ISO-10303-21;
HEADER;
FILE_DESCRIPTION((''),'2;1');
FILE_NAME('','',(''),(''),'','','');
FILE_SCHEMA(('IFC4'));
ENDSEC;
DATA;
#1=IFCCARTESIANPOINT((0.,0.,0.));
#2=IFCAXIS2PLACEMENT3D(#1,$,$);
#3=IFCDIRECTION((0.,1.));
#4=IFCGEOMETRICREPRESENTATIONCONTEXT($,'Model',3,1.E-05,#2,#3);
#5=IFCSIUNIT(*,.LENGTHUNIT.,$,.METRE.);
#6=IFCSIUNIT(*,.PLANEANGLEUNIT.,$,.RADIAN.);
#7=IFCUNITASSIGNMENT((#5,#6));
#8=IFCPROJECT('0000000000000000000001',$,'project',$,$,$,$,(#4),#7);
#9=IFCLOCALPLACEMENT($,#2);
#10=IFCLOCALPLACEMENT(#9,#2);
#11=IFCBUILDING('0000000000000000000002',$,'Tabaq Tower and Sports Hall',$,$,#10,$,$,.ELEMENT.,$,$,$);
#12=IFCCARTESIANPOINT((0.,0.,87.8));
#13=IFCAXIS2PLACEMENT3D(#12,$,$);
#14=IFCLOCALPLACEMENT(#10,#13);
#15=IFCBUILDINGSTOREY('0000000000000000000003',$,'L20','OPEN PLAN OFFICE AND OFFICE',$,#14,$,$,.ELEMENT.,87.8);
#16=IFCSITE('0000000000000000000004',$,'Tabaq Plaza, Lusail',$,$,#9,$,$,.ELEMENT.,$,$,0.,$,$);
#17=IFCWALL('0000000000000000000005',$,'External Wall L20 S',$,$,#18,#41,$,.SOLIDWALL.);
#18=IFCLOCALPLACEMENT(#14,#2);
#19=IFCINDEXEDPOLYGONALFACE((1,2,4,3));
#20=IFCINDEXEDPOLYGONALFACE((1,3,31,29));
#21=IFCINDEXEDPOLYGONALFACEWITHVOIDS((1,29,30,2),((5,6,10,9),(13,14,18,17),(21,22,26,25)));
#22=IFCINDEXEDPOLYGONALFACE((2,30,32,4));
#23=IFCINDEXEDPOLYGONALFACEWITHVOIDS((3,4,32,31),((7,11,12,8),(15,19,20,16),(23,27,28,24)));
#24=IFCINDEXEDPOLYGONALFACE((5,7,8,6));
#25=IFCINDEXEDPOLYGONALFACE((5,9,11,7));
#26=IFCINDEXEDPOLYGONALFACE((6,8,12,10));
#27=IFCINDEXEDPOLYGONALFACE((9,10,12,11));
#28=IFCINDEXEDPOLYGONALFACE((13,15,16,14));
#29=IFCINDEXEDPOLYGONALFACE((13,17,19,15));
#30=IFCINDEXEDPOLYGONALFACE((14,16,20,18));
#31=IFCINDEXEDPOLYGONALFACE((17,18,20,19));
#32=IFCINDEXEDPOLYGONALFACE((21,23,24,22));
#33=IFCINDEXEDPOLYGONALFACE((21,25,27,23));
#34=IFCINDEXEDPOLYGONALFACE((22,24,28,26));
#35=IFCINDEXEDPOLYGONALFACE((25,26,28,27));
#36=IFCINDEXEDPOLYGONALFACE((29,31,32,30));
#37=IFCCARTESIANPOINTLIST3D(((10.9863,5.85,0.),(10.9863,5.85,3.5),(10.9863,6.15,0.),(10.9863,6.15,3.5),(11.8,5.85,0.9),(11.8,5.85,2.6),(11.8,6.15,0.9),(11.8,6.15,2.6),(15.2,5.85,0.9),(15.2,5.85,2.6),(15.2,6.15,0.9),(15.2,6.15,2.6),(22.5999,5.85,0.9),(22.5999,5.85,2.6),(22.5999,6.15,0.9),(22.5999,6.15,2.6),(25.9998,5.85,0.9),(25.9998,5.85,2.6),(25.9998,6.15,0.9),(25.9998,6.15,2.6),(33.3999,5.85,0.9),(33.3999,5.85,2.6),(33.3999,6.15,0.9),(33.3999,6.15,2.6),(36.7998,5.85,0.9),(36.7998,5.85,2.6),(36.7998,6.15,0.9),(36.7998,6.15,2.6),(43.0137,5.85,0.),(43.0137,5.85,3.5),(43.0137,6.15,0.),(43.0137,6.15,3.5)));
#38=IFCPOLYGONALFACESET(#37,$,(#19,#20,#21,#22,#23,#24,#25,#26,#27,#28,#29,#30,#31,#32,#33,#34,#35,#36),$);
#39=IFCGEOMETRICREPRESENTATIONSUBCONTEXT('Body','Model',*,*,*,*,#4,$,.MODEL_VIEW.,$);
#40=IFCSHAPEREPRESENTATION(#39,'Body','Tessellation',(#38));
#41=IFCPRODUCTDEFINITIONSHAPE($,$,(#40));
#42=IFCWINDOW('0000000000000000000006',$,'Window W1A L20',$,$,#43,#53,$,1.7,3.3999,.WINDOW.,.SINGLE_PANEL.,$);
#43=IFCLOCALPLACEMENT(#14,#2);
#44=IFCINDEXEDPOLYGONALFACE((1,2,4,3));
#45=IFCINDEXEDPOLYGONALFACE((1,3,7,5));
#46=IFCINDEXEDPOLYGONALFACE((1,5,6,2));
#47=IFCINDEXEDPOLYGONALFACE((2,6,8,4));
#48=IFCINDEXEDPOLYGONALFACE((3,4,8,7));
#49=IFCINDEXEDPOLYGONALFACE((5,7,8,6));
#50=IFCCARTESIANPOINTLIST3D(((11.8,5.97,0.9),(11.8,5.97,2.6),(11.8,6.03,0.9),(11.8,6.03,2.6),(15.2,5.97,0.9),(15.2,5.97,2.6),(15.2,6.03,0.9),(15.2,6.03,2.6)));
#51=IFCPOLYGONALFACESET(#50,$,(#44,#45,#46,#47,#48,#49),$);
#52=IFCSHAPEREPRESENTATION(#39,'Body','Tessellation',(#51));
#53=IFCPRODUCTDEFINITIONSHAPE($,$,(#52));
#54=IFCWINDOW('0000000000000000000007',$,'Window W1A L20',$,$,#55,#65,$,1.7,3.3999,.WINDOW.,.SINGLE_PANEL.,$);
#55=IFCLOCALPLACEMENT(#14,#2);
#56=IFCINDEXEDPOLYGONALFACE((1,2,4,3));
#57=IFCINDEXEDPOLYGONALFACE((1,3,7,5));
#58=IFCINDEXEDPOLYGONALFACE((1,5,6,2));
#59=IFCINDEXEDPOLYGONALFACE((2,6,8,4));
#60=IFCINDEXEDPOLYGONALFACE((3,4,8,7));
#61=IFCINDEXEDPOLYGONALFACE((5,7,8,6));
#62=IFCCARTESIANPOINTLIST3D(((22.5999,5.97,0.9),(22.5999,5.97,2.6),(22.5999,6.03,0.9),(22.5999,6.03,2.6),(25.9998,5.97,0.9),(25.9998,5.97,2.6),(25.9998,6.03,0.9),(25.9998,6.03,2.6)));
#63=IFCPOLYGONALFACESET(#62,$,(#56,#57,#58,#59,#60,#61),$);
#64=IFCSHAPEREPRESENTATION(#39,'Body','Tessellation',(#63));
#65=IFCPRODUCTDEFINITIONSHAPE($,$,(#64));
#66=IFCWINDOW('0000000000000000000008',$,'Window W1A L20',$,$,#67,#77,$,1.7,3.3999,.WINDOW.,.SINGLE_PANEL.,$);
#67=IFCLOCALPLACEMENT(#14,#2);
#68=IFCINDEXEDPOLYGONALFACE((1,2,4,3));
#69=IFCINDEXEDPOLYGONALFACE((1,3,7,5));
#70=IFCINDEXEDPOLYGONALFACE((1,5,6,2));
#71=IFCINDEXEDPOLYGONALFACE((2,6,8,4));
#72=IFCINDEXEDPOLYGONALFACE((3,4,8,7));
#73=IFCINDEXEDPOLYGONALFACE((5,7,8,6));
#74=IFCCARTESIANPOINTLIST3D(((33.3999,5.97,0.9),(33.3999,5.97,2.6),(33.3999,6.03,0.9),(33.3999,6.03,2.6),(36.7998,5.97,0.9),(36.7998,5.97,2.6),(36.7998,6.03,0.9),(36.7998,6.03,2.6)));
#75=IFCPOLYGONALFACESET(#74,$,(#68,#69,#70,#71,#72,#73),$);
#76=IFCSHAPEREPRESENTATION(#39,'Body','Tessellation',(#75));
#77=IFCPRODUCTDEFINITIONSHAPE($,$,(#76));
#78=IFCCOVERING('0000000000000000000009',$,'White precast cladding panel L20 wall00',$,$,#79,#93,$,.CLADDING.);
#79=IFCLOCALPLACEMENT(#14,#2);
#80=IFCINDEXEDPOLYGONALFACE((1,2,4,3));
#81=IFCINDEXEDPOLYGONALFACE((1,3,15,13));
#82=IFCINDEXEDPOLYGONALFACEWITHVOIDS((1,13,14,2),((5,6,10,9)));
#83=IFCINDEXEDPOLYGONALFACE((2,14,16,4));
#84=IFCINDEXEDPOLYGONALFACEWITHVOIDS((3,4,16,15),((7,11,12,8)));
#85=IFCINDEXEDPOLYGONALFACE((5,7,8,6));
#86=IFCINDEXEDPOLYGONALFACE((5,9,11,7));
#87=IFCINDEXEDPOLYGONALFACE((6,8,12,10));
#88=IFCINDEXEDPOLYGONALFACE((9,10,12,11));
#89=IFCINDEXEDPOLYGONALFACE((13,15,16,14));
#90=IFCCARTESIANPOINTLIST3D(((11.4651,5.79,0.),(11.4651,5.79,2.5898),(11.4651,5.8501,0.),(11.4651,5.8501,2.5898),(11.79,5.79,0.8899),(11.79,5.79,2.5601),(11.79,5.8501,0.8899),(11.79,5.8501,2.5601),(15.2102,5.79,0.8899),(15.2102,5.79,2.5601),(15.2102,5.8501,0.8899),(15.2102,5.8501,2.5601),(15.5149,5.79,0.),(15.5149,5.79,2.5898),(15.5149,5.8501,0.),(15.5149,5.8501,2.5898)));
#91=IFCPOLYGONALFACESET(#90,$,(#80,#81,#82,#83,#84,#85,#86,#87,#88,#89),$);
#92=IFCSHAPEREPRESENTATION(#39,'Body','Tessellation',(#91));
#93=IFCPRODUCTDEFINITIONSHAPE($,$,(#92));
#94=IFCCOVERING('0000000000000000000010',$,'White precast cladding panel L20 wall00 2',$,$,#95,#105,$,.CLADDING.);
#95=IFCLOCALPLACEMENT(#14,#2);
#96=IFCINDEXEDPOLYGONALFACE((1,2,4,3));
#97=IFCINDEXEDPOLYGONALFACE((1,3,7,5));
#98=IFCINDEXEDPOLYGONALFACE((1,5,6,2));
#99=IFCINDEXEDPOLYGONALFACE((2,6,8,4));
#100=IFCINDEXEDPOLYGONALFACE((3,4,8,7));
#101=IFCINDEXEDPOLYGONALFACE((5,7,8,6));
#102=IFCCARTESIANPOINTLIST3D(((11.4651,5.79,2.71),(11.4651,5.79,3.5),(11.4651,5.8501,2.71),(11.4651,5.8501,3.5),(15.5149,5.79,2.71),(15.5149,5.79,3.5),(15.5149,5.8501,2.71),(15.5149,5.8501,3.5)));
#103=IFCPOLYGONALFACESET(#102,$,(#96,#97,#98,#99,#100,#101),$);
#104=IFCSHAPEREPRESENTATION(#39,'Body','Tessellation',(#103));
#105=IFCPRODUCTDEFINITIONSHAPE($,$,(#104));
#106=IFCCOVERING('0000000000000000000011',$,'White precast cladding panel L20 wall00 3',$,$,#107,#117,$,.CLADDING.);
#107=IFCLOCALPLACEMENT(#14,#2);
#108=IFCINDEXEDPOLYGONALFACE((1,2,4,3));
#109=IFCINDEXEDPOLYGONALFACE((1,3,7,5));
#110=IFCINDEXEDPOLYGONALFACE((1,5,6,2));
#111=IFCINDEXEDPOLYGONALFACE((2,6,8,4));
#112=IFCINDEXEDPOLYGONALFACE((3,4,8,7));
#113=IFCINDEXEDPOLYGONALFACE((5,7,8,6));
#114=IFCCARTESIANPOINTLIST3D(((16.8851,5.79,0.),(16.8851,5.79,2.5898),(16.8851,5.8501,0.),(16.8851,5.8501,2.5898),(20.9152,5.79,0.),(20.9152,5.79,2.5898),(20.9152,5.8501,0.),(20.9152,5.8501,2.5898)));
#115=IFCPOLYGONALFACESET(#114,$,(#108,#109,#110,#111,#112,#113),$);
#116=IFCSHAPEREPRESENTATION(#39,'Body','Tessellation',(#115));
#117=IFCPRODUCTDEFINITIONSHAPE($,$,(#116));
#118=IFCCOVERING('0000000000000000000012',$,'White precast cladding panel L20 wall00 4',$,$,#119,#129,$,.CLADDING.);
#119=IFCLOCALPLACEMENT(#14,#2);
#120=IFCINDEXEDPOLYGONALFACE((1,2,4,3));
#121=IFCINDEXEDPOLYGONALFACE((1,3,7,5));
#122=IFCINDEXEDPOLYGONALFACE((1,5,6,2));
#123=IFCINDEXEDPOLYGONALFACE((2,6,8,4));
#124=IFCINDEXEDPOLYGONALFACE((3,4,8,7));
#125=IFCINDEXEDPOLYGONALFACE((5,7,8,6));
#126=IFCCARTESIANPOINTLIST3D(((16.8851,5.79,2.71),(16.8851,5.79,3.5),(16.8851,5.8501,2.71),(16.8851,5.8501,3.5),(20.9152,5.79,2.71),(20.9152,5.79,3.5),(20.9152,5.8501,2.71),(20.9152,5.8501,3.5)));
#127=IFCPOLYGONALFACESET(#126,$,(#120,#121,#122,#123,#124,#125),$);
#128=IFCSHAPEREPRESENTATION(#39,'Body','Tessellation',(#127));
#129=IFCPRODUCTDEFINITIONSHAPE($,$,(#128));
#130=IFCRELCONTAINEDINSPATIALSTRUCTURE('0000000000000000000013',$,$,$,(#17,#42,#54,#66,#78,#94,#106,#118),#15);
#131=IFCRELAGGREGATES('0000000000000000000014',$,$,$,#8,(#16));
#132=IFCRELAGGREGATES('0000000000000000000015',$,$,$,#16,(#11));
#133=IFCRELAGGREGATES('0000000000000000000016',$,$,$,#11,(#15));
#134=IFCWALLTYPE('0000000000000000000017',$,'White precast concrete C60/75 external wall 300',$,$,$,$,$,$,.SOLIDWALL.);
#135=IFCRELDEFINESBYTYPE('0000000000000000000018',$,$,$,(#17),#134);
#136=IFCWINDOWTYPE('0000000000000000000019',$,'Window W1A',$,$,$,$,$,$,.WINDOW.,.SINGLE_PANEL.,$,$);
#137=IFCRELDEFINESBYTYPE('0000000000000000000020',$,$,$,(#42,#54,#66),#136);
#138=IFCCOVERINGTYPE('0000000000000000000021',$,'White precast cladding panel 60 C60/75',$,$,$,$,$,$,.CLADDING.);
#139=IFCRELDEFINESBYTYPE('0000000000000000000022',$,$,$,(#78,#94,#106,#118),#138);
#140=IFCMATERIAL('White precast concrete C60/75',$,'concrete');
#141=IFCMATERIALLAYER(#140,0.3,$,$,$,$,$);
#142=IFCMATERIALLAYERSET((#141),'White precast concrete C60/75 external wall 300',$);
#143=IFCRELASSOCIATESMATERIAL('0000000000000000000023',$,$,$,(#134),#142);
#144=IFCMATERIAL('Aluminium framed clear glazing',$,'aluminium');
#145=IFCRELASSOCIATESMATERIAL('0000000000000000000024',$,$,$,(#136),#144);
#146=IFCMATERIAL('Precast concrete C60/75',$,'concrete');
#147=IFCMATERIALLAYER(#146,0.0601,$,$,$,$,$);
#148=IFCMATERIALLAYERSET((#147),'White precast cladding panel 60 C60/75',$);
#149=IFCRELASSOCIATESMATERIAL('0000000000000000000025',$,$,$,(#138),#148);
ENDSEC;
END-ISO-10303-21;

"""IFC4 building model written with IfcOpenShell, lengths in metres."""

from ifc_helpers import new_model, si_unit, direction, frame, frame_2d, origin, place, context, subcontext, project, spatial, polyline, rectangle, outline, extrude, material, layer, layer_set, type_object, element, fill, save


model = new_model("IFC4")

# Units and contexts
model_context = context("Model", 3, precision=1e-05, world=origin(), true_north=direction((0.0, 1.0)))
body_context = subcontext(model_context, "Body", "Model", "MODEL_VIEW")
ifc_project = project(units=[si_unit("LENGTHUNIT", "METRE"), si_unit("PLANEANGLEUNIT", "RADIAN")], contexts=[model_context])

# Site, building, storey
site_placement = place(None, origin())
site = spatial("IfcSite", under=ifc_project, at=site_placement, Name="Tabaq Plaza, Lusail", CompositionType="ELEMENT", RefElevation=0.0)
building_placement = place(site_placement, origin())
building = spatial("IfcBuilding", under=site, at=building_placement, Name="Tabaq Tower and Sports Hall", CompositionType="ELEMENT")
storey_placement = place(building_placement, frame((0.0, 0.0, 87.8)))
storey = spatial("IfcBuildingStorey", under=building, at=storey_placement, Name="L20", Description="OPEN PLAN OFFICE AND OFFICE", CompositionType="ELEMENT", Elevation=87.8)

# Wall, openings, windows
ifc_material_1 = material(Name="White precast concrete C60/75", Category="concrete")
ifc_layer_1 = layer(ifc_material_1, 0.3)
ifc_layer_set_1 = layer_set([ifc_layer_1], Name="White precast concrete C60/75 external wall 300")
wall_type_1 = type_object("IfcWallType", Name="White precast concrete C60/75 external wall 300", PredefinedType="SOLIDWALL", material=ifc_layer_set_1)
wall_1_placement = place(storey_placement, frame((10.9863, 6.0, 0.0), z_axis=(0.0, 0.0, 1.0), x_axis=(1.0, 0.0, 0.0)))
wall_1 = element("IfcWall", 1, at=wall_1_placement, inside=storey, type_object=wall_type_1, Name="External Wall L20 S", PredefinedType="SOLIDWALL", context=body_context, shape_type="SweptSolid", body=[
    extrude(rectangle(XDim=32.0273, YDim=0.3, at=frame_2d((16.0137, 0.0))), origin(), (0.0, 0.0, 1.0), 3.5),
])
opening_1_placement = place(wall_1_placement, frame((0.8137, 0.0, 0.8999)))
opening_1 = element("IfcOpeningElement", 2, at=opening_1_placement, cuts=wall_1, PredefinedType="OPENING", context=body_context, shape_type="SweptSolid", body=[
    extrude(rectangle(XDim=3.3999, YDim=1.7, at=frame_2d((1.7, 0.8501))), frame((0.0, 0.1602, 0.0), z_axis=(0.0, -1.0, 0.0), x_axis=(1.0, 0.0, 0.0)), (0.0, 0.0, 1.0), 0.3201),
])
opening_2_placement = place(wall_1_placement, frame((11.6135, 0.0, 0.8999)))
opening_2 = element("IfcOpeningElement", 3, at=opening_2_placement, cuts=wall_1, PredefinedType="OPENING", context=body_context, shape_type="SweptSolid", body=[
    extrude(rectangle(XDim=3.3999, YDim=1.7, at=frame_2d((1.7, 0.8501))), frame((0.0, 0.1602, 0.0), z_axis=(0.0, -1.0, 0.0), x_axis=(1.0, 0.0, 0.0)), (0.0, 0.0, 1.0), 0.3201),
])
opening_3_placement = place(wall_1_placement, frame((22.4136, 0.0, 0.8999)))
opening_3 = element("IfcOpeningElement", 4, at=opening_3_placement, cuts=wall_1, PredefinedType="OPENING", context=body_context, shape_type="SweptSolid", body=[
    extrude(rectangle(XDim=3.3999, YDim=1.7, at=frame_2d((1.7, 0.8501))), frame((0.0, 0.1602, 0.0), z_axis=(0.0, -1.0, 0.0), x_axis=(1.0, 0.0, 0.0)), (0.0, 0.0, 1.0), 0.3201),
])
ifc_material_2 = material(Name="Aluminium framed clear glazing", Category="aluminium")
window_type = type_object("IfcWindowType", Name="Window W1A", PartitioningType="SINGLE_PANEL", PredefinedType="WINDOW", material=ifc_material_2)
window_1_placement = place(opening_1_placement, origin())
window_1 = element("IfcWindow", 5, at=window_1_placement, inside=storey, type_object=window_type, Name="Window W1A L20", OverallHeight=1.7, OverallWidth=3.3999, PartitioningType="SINGLE_PANEL", PredefinedType="WINDOW", context=body_context, shape_type="SweptSolid", body=[
    extrude(rectangle(XDim=3.3999, YDim=1.7, at=frame_2d((1.7, 0.8501))), frame((0.0, 0.03, 0.0), z_axis=(0.0, -1.0, 0.0), x_axis=(1.0, 0.0, 0.0)), (0.0, 0.0, 1.0), 0.0601),
])
fill(opening_1, window_1)
window_2_placement = place(opening_2_placement, origin())
window_2 = element("IfcWindow", 6, at=window_2_placement, inside=storey, type_object=window_type, Name="Window W1A L20", OverallHeight=1.7, OverallWidth=3.3999, PartitioningType="SINGLE_PANEL", PredefinedType="WINDOW", context=body_context, shape_type="SweptSolid", body=[
    extrude(rectangle(XDim=3.3999, YDim=1.7, at=frame_2d((1.7, 0.8501))), frame((0.0, 0.03, 0.0), z_axis=(0.0, -1.0, 0.0), x_axis=(1.0, 0.0, 0.0)), (0.0, 0.0, 1.0), 0.0601),
])
fill(opening_2, window_2)
window_3_placement = place(opening_3_placement, origin())
window_3 = element("IfcWindow", 7, at=window_3_placement, inside=storey, type_object=window_type, Name="Window W1A L20", OverallHeight=1.7, OverallWidth=3.3999, PartitioningType="SINGLE_PANEL", PredefinedType="WINDOW", context=body_context, shape_type="SweptSolid", body=[
    extrude(rectangle(XDim=3.3999, YDim=1.7, at=frame_2d((1.7, 0.8501))), frame((0.0, 0.03, 0.0), z_axis=(0.0, -1.0, 0.0), x_axis=(1.0, 0.0, 0.0)), (0.0, 0.0, 1.0), 0.0601),
])
fill(opening_3, window_3)

# Coverings
ifc_material_3 = material(Name="Precast concrete C60/75", Category="concrete")
ifc_layer_2 = layer(ifc_material_3, 0.0601)
ifc_layer_set_2 = layer_set([ifc_layer_2], Name="White precast cladding panel 60 C60/75")
covering_type = type_object("IfcCoveringType", Name="White precast cladding panel 60 C60/75", PredefinedType="CLADDING", material=ifc_layer_set_2)
covering_1_placement = place(storey_placement, frame((11.4651, 5.8201, 0.0), z_axis=(0.0, 0.0, 1.0), x_axis=(1.0, 0.0, 0.0)))
element("IfcCovering", 8, at=covering_1_placement, inside=storey, type_object=covering_type, Name="White precast cladding panel L20 wall00", PredefinedType="CLADDING", context=body_context, shape_type="SweptSolid", body=[
    extrude(outline(polyline([(0.0, 0.0), (4.0498, 0.0), (4.0498, 2.5898), (0.0, 2.5898), (0.0, 0.0)]), holes=[polyline([(3.7451, 0.8899), (0.325, 0.8899), (0.325, 2.5601), (3.7451, 2.5601), (3.7451, 0.8899)])]), frame((0.0, 0.03, 0.0), z_axis=(0.0, -1.0, 0.0), x_axis=(1.0, 0.0, 0.0)), (0.0, 0.0, 1.0), 0.0601),
])
covering_2_placement = place(storey_placement, frame((11.4651, 5.8201, 2.71), z_axis=(0.0, 0.0, 1.0), x_axis=(1.0, 0.0, 0.0)))
element("IfcCovering", 9, at=covering_2_placement, inside=storey, type_object=covering_type, Name="White precast cladding panel L20 wall00 2", PredefinedType="CLADDING", context=body_context, shape_type="SweptSolid", body=[
    extrude(rectangle(XDim=4.0498, YDim=0.0601, at=frame_2d((2.0249, 0.0))), origin(), (0.0, 0.0, 1.0), 0.79),
])
covering_3_placement = place(storey_placement, frame((16.885, 5.8201, 0.0), z_axis=(0.0, 0.0, 1.0), x_axis=(1.0, 0.0, 0.0)))
element("IfcCovering", 10, at=covering_3_placement, inside=storey, type_object=covering_type, Name="White precast cladding panel L20 wall00 3", PredefinedType="CLADDING", context=body_context, shape_type="SweptSolid", body=[
    extrude(rectangle(XDim=4.03, YDim=0.0601, at=frame_2d((2.0151, 0.0))), origin(), (0.0, 0.0, 1.0), 2.5898),
])
covering_4_placement = place(storey_placement, frame((16.885, 5.8201, 2.71), z_axis=(0.0, 0.0, 1.0), x_axis=(1.0, 0.0, 0.0)))
element("IfcCovering", 11, at=covering_4_placement, inside=storey, type_object=covering_type, Name="White precast cladding panel L20 wall00 4", PredefinedType="CLADDING", context=body_context, shape_type="SweptSolid", body=[
    extrude(rectangle(XDim=4.03, YDim=0.0601, at=frame_2d((2.0151, 0.0))), origin(), (0.0, 0.0, 1.0), 0.79),
])

save(model, "model.ifc")
